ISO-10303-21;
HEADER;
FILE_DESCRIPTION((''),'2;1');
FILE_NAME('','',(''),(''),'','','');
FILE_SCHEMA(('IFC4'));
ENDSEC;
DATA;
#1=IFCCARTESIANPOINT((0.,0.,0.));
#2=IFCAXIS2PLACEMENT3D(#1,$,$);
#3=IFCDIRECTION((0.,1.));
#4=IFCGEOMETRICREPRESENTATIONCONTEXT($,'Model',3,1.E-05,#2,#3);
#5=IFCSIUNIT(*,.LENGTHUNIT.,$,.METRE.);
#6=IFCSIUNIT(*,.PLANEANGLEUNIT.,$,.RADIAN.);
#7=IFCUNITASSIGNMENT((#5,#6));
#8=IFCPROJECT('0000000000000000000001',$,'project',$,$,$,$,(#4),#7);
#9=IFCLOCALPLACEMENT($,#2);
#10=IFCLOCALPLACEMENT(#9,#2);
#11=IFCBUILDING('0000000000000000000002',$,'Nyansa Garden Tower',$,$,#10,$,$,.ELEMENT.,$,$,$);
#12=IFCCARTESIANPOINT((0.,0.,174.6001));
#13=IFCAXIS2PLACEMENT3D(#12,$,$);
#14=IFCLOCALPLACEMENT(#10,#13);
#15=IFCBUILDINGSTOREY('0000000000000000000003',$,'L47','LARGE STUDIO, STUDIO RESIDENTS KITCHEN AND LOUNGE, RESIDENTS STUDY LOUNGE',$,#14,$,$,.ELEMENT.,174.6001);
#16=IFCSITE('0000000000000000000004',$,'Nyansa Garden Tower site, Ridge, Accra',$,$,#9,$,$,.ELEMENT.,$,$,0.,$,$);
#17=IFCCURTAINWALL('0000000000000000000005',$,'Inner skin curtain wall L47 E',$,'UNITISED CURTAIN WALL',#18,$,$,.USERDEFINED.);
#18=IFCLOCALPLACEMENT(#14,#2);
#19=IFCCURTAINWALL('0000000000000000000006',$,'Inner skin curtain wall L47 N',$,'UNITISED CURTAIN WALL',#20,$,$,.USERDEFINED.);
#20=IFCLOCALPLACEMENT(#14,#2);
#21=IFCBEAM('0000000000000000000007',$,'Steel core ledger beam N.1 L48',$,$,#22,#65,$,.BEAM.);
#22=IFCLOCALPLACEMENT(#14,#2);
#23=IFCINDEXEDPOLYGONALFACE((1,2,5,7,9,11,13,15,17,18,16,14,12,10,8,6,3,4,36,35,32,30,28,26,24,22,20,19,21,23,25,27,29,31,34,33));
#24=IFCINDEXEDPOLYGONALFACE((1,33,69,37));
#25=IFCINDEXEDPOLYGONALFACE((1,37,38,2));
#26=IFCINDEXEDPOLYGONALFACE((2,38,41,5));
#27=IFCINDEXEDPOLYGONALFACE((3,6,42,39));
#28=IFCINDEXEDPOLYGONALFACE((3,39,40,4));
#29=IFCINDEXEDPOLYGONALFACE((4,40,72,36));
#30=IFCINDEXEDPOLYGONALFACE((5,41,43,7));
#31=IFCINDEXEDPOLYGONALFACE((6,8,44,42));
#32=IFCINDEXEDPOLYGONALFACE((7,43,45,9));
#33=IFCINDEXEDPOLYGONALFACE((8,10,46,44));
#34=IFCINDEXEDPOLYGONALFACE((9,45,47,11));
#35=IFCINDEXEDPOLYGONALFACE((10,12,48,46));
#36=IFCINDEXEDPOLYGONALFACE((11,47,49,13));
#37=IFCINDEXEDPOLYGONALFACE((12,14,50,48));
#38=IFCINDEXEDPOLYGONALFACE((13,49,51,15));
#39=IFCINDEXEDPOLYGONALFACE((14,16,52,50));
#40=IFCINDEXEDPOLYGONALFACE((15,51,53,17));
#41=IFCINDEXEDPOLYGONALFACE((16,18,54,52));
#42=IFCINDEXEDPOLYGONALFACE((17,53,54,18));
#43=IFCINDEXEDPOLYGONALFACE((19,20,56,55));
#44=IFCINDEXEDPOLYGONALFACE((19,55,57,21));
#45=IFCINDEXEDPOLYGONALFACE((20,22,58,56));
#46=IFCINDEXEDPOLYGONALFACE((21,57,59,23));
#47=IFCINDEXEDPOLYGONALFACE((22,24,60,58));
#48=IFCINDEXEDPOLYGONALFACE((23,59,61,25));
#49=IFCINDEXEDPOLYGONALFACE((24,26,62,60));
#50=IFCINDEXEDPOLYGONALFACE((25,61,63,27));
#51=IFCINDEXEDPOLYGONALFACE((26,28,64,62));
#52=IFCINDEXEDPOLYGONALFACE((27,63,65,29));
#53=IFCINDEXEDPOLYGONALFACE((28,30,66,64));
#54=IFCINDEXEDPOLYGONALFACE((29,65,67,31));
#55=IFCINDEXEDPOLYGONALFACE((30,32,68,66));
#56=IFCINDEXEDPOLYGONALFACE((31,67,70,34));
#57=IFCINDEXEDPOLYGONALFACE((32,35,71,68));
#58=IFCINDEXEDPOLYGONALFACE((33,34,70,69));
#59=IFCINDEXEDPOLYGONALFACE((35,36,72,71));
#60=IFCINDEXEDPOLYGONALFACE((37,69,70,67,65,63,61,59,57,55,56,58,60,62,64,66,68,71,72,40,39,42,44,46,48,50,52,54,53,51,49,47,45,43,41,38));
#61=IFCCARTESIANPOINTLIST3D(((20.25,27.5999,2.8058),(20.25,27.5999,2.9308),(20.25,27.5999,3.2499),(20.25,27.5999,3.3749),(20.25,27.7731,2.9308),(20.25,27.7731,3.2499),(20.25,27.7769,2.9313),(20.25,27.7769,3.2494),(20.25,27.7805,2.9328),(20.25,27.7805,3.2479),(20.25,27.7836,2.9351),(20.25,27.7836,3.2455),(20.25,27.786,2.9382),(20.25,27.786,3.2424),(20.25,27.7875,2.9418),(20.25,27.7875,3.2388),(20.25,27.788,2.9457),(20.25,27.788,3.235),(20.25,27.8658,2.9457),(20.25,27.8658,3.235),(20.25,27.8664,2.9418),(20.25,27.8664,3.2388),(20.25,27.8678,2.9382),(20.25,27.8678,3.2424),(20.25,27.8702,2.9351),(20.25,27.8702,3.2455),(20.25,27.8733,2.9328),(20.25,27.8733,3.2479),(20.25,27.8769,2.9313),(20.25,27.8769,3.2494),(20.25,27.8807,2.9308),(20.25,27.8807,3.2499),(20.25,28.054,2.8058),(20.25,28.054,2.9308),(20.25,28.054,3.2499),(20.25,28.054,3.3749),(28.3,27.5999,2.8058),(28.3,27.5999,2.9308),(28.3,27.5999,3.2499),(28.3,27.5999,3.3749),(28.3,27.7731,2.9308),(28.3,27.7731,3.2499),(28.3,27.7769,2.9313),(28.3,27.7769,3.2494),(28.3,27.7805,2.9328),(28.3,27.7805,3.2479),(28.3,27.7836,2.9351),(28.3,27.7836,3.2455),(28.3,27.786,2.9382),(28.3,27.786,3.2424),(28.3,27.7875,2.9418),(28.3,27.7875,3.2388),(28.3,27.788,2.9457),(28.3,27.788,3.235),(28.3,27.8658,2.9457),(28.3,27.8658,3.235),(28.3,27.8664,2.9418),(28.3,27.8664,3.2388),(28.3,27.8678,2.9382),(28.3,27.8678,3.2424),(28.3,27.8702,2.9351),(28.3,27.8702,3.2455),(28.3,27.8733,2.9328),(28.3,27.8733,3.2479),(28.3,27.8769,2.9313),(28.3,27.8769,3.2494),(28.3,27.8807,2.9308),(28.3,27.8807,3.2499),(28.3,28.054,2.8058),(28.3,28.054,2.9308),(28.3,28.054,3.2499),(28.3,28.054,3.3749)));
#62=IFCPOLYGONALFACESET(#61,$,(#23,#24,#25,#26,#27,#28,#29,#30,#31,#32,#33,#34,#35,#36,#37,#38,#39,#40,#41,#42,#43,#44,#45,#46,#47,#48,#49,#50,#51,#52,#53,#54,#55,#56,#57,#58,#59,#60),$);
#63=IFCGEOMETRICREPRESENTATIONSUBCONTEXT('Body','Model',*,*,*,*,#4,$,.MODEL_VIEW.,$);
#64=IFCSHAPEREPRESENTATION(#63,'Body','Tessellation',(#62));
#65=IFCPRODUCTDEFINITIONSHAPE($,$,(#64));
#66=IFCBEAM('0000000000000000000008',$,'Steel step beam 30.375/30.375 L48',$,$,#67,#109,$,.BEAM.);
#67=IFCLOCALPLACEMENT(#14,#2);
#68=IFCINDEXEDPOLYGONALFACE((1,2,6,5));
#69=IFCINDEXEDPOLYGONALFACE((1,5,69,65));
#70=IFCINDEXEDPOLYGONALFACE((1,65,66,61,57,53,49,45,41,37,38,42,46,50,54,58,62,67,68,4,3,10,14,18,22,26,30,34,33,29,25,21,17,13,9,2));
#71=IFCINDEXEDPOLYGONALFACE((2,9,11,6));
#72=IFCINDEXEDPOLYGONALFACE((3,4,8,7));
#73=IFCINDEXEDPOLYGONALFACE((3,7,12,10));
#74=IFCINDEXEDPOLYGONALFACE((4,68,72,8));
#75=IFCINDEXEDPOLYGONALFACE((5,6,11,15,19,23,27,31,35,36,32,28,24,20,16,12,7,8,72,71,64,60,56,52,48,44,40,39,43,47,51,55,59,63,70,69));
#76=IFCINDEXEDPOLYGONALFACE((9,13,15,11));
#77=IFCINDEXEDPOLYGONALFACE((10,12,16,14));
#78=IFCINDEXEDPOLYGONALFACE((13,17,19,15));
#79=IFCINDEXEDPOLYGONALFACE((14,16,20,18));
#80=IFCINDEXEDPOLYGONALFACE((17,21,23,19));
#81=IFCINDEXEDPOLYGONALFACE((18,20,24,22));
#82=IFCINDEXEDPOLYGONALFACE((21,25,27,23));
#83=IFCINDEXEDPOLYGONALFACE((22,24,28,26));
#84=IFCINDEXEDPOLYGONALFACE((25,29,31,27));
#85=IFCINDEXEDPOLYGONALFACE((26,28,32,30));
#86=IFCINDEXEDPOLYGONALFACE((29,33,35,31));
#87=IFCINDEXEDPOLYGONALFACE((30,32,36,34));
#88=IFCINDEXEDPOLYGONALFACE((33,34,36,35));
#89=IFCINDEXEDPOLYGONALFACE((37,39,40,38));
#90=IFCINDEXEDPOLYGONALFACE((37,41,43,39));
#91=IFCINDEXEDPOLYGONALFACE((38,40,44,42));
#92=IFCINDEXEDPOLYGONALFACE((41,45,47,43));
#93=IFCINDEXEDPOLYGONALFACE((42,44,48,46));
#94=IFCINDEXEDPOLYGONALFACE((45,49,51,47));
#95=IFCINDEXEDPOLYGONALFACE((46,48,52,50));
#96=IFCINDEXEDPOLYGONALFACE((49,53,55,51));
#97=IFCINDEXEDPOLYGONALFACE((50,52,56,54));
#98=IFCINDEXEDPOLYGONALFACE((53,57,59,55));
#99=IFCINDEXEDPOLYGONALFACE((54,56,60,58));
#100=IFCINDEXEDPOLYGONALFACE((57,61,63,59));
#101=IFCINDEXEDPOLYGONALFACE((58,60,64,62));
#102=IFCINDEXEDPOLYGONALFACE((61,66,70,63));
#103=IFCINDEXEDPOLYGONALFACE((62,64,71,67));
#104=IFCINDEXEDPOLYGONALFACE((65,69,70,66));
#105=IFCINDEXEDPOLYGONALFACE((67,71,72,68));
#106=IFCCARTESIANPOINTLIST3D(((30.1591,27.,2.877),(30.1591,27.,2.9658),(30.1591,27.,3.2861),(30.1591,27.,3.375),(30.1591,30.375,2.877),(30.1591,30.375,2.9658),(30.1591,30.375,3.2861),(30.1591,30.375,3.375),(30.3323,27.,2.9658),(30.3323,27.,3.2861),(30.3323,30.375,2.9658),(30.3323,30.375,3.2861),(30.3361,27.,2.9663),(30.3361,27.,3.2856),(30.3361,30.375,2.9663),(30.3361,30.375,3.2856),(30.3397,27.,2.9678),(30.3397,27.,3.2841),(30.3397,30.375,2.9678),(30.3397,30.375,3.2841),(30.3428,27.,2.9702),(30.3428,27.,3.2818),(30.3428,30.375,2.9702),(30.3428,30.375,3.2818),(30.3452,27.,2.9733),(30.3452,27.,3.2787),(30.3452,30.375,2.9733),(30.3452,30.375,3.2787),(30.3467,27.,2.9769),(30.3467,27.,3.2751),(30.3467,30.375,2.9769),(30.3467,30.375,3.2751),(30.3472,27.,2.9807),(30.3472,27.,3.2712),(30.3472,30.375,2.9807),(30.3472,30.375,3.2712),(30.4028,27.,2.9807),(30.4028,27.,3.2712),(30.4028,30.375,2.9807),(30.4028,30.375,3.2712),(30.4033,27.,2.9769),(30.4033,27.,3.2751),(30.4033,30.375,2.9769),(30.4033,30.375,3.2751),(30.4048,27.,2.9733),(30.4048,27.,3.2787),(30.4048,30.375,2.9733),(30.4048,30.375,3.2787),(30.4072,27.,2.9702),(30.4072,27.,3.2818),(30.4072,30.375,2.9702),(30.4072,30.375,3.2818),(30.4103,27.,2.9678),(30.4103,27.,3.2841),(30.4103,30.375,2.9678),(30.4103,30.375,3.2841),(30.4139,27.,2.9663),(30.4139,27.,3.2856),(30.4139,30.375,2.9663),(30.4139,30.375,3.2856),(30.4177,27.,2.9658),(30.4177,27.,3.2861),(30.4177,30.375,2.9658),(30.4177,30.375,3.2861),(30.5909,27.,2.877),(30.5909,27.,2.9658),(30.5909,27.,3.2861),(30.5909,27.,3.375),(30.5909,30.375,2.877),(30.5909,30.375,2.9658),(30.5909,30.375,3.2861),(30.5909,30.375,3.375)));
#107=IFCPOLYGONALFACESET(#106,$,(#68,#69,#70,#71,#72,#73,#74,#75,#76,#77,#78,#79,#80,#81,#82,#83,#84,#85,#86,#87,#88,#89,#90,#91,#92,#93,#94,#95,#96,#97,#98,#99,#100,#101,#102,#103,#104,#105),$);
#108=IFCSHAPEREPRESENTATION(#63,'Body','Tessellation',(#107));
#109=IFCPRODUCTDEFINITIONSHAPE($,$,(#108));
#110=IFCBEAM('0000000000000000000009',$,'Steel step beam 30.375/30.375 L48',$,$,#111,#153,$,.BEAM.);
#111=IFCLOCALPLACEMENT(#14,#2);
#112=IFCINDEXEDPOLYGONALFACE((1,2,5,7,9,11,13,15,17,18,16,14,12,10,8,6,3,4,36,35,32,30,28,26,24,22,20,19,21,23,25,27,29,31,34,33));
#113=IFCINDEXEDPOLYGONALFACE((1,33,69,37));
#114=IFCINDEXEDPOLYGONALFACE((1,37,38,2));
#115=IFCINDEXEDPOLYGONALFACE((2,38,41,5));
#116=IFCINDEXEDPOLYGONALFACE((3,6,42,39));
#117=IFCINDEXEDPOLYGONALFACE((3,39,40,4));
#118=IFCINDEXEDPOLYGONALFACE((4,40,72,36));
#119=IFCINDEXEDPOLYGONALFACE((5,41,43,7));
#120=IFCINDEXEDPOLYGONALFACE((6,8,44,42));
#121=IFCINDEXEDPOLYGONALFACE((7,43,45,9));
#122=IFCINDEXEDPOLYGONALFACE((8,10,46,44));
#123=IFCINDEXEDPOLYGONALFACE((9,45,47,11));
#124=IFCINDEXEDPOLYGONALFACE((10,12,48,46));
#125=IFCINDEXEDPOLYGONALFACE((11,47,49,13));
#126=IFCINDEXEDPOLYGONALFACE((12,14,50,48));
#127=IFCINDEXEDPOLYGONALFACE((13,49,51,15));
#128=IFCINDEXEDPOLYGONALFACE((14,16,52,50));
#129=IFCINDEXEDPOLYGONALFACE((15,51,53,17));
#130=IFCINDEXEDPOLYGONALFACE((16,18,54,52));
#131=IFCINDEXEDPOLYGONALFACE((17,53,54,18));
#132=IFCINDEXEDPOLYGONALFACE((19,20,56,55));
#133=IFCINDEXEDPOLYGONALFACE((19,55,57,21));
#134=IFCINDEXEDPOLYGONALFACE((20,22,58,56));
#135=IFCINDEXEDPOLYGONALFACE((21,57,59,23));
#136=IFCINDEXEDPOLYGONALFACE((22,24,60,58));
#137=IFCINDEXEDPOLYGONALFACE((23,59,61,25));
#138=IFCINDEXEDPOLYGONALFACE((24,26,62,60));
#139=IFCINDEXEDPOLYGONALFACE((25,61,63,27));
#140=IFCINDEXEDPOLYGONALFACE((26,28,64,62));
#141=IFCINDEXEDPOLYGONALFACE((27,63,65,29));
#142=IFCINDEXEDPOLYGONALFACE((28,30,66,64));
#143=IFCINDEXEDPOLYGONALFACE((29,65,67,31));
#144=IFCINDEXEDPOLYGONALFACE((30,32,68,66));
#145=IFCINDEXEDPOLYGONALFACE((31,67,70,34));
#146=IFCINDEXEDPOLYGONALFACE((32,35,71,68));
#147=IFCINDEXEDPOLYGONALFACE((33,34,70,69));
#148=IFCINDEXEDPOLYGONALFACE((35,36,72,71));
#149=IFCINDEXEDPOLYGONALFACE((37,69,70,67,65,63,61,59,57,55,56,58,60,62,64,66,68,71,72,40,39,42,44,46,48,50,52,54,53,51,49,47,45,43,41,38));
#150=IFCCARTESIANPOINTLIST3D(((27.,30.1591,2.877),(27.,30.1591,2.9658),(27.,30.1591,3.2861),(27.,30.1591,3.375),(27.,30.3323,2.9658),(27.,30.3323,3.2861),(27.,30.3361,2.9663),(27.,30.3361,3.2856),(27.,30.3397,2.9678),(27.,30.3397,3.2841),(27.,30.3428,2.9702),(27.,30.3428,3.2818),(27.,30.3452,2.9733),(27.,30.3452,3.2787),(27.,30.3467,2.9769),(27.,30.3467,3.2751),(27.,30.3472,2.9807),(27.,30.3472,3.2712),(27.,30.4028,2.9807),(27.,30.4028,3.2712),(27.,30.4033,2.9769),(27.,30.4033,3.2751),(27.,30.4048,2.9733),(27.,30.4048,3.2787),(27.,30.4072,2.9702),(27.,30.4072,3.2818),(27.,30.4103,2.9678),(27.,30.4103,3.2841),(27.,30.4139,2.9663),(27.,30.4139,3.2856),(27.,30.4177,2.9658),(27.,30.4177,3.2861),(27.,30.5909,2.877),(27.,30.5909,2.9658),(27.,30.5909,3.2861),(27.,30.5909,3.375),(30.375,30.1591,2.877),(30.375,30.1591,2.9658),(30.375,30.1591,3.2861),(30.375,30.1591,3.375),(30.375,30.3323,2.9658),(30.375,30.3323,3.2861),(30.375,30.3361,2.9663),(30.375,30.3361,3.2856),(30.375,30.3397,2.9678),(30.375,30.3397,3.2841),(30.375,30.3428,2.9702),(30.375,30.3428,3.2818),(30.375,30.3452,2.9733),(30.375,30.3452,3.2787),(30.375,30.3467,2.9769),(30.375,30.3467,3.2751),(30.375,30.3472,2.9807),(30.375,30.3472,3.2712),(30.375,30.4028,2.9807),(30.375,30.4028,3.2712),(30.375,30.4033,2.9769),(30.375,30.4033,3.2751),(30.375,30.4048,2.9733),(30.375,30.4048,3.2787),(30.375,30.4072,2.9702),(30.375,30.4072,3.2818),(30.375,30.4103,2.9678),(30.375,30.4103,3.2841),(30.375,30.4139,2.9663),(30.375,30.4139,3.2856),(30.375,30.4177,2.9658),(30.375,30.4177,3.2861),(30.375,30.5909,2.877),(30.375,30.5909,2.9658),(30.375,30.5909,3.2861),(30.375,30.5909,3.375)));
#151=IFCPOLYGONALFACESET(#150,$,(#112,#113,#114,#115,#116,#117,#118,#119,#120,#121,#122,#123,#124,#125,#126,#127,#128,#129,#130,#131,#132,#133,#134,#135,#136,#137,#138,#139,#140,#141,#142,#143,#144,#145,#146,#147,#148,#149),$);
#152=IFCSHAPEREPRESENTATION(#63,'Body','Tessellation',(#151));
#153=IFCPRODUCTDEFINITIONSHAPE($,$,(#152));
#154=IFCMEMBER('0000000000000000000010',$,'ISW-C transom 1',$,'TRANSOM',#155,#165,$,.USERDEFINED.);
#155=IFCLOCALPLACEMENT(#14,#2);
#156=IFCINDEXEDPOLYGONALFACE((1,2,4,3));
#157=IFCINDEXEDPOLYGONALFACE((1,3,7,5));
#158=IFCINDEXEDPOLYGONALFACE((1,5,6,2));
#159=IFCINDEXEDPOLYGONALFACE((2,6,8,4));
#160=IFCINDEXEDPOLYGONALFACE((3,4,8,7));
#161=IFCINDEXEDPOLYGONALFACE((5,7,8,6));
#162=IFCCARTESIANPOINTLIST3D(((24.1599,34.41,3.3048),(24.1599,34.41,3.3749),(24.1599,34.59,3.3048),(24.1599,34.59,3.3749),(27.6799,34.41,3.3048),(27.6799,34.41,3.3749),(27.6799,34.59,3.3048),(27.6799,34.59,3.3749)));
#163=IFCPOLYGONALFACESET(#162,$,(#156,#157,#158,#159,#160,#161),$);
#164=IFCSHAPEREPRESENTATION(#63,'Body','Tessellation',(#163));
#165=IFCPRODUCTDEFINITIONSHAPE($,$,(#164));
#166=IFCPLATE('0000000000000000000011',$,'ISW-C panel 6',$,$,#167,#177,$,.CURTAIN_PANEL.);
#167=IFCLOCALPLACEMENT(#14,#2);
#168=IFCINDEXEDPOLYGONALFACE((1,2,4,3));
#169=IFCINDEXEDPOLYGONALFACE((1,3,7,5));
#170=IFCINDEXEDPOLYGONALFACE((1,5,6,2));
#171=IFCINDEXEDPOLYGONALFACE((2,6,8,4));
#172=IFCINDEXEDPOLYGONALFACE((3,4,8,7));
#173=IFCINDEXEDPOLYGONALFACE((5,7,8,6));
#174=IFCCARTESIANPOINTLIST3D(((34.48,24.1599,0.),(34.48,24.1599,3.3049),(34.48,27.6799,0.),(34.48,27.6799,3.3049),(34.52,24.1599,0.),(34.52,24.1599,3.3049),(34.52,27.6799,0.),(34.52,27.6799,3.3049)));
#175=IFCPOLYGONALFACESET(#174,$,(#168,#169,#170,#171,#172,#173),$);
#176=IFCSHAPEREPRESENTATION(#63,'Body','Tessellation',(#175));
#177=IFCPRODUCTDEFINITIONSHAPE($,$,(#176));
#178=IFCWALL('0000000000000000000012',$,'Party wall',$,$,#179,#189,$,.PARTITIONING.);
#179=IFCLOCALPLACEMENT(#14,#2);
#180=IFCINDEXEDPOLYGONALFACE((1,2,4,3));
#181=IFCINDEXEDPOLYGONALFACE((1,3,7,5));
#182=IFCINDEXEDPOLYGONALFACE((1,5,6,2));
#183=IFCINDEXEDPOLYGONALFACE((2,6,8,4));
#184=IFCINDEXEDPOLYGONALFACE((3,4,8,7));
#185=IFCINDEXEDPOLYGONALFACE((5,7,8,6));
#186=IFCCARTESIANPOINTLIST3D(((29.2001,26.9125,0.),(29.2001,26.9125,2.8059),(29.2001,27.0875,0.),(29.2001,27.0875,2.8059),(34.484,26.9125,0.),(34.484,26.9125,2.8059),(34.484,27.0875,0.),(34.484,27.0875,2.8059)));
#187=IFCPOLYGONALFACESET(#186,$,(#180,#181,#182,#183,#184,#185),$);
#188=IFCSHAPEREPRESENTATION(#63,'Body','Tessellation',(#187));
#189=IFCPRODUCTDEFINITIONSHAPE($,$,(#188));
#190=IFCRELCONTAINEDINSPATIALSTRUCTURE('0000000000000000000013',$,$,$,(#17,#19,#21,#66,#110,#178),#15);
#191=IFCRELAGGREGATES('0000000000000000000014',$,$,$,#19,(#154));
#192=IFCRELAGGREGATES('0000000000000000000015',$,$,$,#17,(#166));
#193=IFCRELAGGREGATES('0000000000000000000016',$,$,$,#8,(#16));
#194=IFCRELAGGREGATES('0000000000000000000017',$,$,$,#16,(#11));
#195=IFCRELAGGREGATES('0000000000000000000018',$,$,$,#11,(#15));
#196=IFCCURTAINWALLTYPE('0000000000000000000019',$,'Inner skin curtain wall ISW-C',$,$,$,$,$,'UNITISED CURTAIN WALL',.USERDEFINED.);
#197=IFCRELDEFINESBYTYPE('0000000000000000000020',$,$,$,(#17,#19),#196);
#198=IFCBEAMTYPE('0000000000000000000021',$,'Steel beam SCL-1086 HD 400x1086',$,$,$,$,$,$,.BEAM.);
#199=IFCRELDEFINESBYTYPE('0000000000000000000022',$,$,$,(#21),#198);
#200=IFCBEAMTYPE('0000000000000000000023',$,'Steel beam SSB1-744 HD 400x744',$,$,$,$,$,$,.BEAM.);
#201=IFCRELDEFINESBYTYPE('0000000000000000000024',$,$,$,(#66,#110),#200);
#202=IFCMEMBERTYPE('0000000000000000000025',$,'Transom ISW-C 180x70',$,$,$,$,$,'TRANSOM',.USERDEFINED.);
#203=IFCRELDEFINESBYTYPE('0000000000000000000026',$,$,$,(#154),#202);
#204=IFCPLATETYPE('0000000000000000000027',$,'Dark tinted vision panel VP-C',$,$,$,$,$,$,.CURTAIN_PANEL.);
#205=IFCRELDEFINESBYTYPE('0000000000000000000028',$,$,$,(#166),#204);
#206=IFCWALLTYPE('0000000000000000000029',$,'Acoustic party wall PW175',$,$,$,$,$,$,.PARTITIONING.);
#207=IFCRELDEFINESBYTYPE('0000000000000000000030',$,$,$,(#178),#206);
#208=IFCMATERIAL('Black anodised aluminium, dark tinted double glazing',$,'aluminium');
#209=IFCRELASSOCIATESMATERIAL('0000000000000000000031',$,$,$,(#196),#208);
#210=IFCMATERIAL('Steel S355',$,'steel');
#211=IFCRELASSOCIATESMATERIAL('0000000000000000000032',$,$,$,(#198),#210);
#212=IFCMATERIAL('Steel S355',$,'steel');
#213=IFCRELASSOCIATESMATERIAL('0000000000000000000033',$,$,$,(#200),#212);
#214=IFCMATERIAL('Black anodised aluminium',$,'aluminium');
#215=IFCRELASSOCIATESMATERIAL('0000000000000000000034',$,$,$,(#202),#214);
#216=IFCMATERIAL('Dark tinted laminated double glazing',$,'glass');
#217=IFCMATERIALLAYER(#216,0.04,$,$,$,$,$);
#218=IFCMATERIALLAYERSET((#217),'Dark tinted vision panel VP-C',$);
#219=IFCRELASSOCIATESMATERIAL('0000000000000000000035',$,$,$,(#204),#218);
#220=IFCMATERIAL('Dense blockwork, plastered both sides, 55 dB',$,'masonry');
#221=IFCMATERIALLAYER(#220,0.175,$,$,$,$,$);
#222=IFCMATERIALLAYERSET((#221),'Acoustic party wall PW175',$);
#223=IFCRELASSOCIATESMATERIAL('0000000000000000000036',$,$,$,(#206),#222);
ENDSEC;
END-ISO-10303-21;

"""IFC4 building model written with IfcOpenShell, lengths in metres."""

from ifc_helpers import new_model, si_unit, direction, frame, frame_2d, origin, origin_2d, place, context, subcontext, project, spatial, rectangle, i_section, extrude, material, layer, layer_set, material_profile, profile_set, type_object, element, aggregate, save


model = new_model("IFC4")

# Units and contexts
model_context = context("Model", 3, precision=1e-05, world=origin(), true_north=direction((0.0, 1.0)))
body_context = subcontext(model_context, "Body", "Model", "MODEL_VIEW")
ifc_project = project(units=[si_unit("LENGTHUNIT", "METRE"), si_unit("PLANEANGLEUNIT", "RADIAN")], contexts=[model_context])

# Site, building, storey
site_placement = place(None, origin())
site = spatial("IfcSite", under=ifc_project, at=site_placement, Name="Nyansa Garden Tower site, Ridge, Accra", CompositionType="ELEMENT", RefElevation=0.0)
building_placement = place(site_placement, origin())
building = spatial("IfcBuilding", under=site, at=building_placement, Name="Nyansa Garden Tower", CompositionType="ELEMENT")
storey_placement = place(building_placement, frame((0.0, 0.0, 174.6001)))
storey = spatial("IfcBuildingStorey", under=building, at=storey_placement, Name="L47", Description="LARGE STUDIO, STUDIO RESIDENTS KITCHEN AND LOUNGE, RESIDENTS STUDY LOUNGE", CompositionType="ELEMENT", Elevation=174.6001)

# Curtain walls
ifc_material_1 = material(Name="Black anodised aluminium, dark tinted double glazing", Category="aluminium")
curtain_wall_type = type_object("IfcCurtainWallType", Name="Inner skin curtain wall ISW-C", ElementType="UNITISED CURTAIN WALL", PredefinedType="USERDEFINED", material=ifc_material_1)
curtain_wall_1_placement = place(storey_placement, origin())
curtain_wall_1 = element("IfcCurtainWall", 1, at=curtain_wall_1_placement, inside=storey, type_object=curtain_wall_type, Name="Inner skin curtain wall L47 E", ObjectType="UNITISED CURTAIN WALL", PredefinedType="USERDEFINED")
curtain_wall_2_placement = place(storey_placement, origin())
curtain_wall_2 = element("IfcCurtainWall", 2, at=curtain_wall_2_placement, inside=storey, type_object=curtain_wall_type, Name="Inner skin curtain wall L47 N", ObjectType="UNITISED CURTAIN WALL", PredefinedType="USERDEFINED")

# Beams
ifc_material_2 = material(Name="Steel S355", Category="steel")
ifc_material_profile_1 = material_profile(ifc_material_2, i_section(OverallWidth=0.4541, OverallDepth=0.5691, WebThickness=0.0779, FlangeThickness=0.125, FilletRadius=0.0149, at=origin_2d()), Name="HD 400x1086")
ifc_profile_set_1 = profile_set([ifc_material_profile_1], Name="Steel S355")
beam_type_1 = type_object("IfcBeamType", Name="Steel beam SCL-1086 HD 400x1086", PredefinedType="BEAM", material=ifc_profile_set_1)
beam_1_placement = place(storey_placement, frame((28.3, 27.8269, 3.0903), z_axis=(-1.0, 0.0, 0.0), x_axis=(0.0, -1.0, 0.0)))
element("IfcBeam", 3, at=beam_1_placement, inside=storey, type_object=beam_type_1, Name="Steel core ledger beam N.1 L48", PredefinedType="BEAM", context=body_context, shape_type="SweptSolid", body=[
    extrude(i_section(OverallWidth=0.4541, OverallDepth=0.5691, WebThickness=0.0779, FlangeThickness=0.125, FilletRadius=0.0149, at=origin_2d()), origin(), (0.0, 0.0, 1.0), 8.05),
])
ifc_material_3 = material(Name="Steel S355", Category="steel")
ifc_material_profile_2 = material_profile(ifc_material_3, i_section(OverallWidth=0.4319, OverallDepth=0.498, WebThickness=0.0557, FlangeThickness=0.0889, FilletRadius=0.0149, at=origin_2d()), Name="HD 400x744")
ifc_profile_set_2 = profile_set([ifc_material_profile_2], Name="Steel S355")
beam_type_2 = type_object("IfcBeamType", Name="Steel beam SSB1-744 HD 400x744", PredefinedType="BEAM", material=ifc_profile_set_2)
for number, where, z_axis, x_axis, name in (
    (4, (30.375, 30.375, 3.126), (0.0, -1.0, 0.0), (1.0, 0.0, 0.0), "Steel step beam 30.375/30.375 L48"),
    (5, (30.375, 30.375, 3.126), (-1.0, 0.0, 0.0), (0.0, -1.0, 0.0), "Steel step beam 30.375/30.375 L48"),
):
    element("IfcBeam", number, at=place(storey_placement, frame(where, z_axis=z_axis, x_axis=x_axis)), inside=storey, type_object=beam_type_2, Name=name, PredefinedType="BEAM", context=body_context, shape_type="SweptSolid", body=[
        extrude(i_section(OverallWidth=0.4319, OverallDepth=0.498, WebThickness=0.0557, FlangeThickness=0.0889, FilletRadius=0.0149, at=origin_2d()), origin(), (0.0, 0.0, 1.0), 3.375),
    ])

# Member
ifc_material_4 = material(Name="Black anodised aluminium", Category="aluminium")
ifc_material_profile_3 = material_profile(ifc_material_4, rectangle(XDim=0.1799, YDim=0.0701, at=origin_2d()), Name="Transom 180x70")
ifc_profile_set_3 = profile_set([ifc_material_profile_3], Name="Black anodised aluminium")
member_type_1 = type_object("IfcMemberType", Name="Transom ISW-C 180x70", ElementType="TRANSOM", PredefinedType="USERDEFINED", material=ifc_profile_set_3)
member_1_placement = place(storey_placement, frame((27.6799, 34.5, 3.3398), z_axis=(-1.0, 0.0, 0.0), x_axis=(0.0, -1.0, 0.0)))
member_1 = element("IfcMember", 6, at=member_1_placement, type_object=member_type_1, Name="ISW-C transom 1", ObjectType="TRANSOM", PredefinedType="USERDEFINED", context=body_context, shape_type="SweptSolid", body=[
    extrude(rectangle(XDim=0.1799, YDim=0.0701, at=origin_2d()), origin(), (0.0, 0.0, 1.0), 3.52),
])
aggregate(curtain_wall_2, [member_1])

# Plate
ifc_material_5 = material(Name="Dark tinted laminated double glazing", Category="glass")
ifc_layer_1 = layer(ifc_material_5, 0.04)
ifc_layer_set_1 = layer_set([ifc_layer_1], Name="Dark tinted vision panel VP-C")
plate_type = type_object("IfcPlateType", Name="Dark tinted vision panel VP-C", PredefinedType="CURTAIN_PANEL", material=ifc_layer_set_1)
plate_placement = place(storey_placement, frame((34.5, 25.9199, 0.0), z_axis=(0.0, 0.0, 1.0), x_axis=(0.0, 1.0, 0.0)))
plate = element("IfcPlate", 7, at=plate_placement, type_object=plate_type, Name="ISW-C panel 6", PredefinedType="CURTAIN_PANEL", context=body_context, shape_type="SweptSolid", body=[
    extrude(rectangle(XDim=3.52, YDim=0.04, at=origin_2d()), origin(), (0.0, 0.0, 1.0), 3.3049),
])
aggregate(curtain_wall_1, [plate])

# Wall
ifc_material_6 = material(Name="Dense blockwork, plastered both sides, 55 dB", Category="masonry")
ifc_layer_2 = layer(ifc_material_6, 0.175)
ifc_layer_set_2 = layer_set([ifc_layer_2], Name="Acoustic party wall PW175")
wall_type_1 = type_object("IfcWallType", Name="Acoustic party wall PW175", PredefinedType="PARTITIONING", material=ifc_layer_set_2)
wall_1_placement = place(storey_placement, frame((29.2, 27.0, 0.0), z_axis=(0.0, 0.0, 1.0), x_axis=(1.0, 0.0, 0.0)))
element("IfcWall", 8, at=wall_1_placement, inside=storey, type_object=wall_type_1, Name="Party wall", PredefinedType="PARTITIONING", context=body_context, shape_type="SweptSolid", body=[
    extrude(rectangle(XDim=5.2839, YDim=0.175, at=frame_2d((2.6421, 0.0))), origin(), (0.0, 0.0, 1.0), 2.8059),
])

save(model, "model.ifc")
